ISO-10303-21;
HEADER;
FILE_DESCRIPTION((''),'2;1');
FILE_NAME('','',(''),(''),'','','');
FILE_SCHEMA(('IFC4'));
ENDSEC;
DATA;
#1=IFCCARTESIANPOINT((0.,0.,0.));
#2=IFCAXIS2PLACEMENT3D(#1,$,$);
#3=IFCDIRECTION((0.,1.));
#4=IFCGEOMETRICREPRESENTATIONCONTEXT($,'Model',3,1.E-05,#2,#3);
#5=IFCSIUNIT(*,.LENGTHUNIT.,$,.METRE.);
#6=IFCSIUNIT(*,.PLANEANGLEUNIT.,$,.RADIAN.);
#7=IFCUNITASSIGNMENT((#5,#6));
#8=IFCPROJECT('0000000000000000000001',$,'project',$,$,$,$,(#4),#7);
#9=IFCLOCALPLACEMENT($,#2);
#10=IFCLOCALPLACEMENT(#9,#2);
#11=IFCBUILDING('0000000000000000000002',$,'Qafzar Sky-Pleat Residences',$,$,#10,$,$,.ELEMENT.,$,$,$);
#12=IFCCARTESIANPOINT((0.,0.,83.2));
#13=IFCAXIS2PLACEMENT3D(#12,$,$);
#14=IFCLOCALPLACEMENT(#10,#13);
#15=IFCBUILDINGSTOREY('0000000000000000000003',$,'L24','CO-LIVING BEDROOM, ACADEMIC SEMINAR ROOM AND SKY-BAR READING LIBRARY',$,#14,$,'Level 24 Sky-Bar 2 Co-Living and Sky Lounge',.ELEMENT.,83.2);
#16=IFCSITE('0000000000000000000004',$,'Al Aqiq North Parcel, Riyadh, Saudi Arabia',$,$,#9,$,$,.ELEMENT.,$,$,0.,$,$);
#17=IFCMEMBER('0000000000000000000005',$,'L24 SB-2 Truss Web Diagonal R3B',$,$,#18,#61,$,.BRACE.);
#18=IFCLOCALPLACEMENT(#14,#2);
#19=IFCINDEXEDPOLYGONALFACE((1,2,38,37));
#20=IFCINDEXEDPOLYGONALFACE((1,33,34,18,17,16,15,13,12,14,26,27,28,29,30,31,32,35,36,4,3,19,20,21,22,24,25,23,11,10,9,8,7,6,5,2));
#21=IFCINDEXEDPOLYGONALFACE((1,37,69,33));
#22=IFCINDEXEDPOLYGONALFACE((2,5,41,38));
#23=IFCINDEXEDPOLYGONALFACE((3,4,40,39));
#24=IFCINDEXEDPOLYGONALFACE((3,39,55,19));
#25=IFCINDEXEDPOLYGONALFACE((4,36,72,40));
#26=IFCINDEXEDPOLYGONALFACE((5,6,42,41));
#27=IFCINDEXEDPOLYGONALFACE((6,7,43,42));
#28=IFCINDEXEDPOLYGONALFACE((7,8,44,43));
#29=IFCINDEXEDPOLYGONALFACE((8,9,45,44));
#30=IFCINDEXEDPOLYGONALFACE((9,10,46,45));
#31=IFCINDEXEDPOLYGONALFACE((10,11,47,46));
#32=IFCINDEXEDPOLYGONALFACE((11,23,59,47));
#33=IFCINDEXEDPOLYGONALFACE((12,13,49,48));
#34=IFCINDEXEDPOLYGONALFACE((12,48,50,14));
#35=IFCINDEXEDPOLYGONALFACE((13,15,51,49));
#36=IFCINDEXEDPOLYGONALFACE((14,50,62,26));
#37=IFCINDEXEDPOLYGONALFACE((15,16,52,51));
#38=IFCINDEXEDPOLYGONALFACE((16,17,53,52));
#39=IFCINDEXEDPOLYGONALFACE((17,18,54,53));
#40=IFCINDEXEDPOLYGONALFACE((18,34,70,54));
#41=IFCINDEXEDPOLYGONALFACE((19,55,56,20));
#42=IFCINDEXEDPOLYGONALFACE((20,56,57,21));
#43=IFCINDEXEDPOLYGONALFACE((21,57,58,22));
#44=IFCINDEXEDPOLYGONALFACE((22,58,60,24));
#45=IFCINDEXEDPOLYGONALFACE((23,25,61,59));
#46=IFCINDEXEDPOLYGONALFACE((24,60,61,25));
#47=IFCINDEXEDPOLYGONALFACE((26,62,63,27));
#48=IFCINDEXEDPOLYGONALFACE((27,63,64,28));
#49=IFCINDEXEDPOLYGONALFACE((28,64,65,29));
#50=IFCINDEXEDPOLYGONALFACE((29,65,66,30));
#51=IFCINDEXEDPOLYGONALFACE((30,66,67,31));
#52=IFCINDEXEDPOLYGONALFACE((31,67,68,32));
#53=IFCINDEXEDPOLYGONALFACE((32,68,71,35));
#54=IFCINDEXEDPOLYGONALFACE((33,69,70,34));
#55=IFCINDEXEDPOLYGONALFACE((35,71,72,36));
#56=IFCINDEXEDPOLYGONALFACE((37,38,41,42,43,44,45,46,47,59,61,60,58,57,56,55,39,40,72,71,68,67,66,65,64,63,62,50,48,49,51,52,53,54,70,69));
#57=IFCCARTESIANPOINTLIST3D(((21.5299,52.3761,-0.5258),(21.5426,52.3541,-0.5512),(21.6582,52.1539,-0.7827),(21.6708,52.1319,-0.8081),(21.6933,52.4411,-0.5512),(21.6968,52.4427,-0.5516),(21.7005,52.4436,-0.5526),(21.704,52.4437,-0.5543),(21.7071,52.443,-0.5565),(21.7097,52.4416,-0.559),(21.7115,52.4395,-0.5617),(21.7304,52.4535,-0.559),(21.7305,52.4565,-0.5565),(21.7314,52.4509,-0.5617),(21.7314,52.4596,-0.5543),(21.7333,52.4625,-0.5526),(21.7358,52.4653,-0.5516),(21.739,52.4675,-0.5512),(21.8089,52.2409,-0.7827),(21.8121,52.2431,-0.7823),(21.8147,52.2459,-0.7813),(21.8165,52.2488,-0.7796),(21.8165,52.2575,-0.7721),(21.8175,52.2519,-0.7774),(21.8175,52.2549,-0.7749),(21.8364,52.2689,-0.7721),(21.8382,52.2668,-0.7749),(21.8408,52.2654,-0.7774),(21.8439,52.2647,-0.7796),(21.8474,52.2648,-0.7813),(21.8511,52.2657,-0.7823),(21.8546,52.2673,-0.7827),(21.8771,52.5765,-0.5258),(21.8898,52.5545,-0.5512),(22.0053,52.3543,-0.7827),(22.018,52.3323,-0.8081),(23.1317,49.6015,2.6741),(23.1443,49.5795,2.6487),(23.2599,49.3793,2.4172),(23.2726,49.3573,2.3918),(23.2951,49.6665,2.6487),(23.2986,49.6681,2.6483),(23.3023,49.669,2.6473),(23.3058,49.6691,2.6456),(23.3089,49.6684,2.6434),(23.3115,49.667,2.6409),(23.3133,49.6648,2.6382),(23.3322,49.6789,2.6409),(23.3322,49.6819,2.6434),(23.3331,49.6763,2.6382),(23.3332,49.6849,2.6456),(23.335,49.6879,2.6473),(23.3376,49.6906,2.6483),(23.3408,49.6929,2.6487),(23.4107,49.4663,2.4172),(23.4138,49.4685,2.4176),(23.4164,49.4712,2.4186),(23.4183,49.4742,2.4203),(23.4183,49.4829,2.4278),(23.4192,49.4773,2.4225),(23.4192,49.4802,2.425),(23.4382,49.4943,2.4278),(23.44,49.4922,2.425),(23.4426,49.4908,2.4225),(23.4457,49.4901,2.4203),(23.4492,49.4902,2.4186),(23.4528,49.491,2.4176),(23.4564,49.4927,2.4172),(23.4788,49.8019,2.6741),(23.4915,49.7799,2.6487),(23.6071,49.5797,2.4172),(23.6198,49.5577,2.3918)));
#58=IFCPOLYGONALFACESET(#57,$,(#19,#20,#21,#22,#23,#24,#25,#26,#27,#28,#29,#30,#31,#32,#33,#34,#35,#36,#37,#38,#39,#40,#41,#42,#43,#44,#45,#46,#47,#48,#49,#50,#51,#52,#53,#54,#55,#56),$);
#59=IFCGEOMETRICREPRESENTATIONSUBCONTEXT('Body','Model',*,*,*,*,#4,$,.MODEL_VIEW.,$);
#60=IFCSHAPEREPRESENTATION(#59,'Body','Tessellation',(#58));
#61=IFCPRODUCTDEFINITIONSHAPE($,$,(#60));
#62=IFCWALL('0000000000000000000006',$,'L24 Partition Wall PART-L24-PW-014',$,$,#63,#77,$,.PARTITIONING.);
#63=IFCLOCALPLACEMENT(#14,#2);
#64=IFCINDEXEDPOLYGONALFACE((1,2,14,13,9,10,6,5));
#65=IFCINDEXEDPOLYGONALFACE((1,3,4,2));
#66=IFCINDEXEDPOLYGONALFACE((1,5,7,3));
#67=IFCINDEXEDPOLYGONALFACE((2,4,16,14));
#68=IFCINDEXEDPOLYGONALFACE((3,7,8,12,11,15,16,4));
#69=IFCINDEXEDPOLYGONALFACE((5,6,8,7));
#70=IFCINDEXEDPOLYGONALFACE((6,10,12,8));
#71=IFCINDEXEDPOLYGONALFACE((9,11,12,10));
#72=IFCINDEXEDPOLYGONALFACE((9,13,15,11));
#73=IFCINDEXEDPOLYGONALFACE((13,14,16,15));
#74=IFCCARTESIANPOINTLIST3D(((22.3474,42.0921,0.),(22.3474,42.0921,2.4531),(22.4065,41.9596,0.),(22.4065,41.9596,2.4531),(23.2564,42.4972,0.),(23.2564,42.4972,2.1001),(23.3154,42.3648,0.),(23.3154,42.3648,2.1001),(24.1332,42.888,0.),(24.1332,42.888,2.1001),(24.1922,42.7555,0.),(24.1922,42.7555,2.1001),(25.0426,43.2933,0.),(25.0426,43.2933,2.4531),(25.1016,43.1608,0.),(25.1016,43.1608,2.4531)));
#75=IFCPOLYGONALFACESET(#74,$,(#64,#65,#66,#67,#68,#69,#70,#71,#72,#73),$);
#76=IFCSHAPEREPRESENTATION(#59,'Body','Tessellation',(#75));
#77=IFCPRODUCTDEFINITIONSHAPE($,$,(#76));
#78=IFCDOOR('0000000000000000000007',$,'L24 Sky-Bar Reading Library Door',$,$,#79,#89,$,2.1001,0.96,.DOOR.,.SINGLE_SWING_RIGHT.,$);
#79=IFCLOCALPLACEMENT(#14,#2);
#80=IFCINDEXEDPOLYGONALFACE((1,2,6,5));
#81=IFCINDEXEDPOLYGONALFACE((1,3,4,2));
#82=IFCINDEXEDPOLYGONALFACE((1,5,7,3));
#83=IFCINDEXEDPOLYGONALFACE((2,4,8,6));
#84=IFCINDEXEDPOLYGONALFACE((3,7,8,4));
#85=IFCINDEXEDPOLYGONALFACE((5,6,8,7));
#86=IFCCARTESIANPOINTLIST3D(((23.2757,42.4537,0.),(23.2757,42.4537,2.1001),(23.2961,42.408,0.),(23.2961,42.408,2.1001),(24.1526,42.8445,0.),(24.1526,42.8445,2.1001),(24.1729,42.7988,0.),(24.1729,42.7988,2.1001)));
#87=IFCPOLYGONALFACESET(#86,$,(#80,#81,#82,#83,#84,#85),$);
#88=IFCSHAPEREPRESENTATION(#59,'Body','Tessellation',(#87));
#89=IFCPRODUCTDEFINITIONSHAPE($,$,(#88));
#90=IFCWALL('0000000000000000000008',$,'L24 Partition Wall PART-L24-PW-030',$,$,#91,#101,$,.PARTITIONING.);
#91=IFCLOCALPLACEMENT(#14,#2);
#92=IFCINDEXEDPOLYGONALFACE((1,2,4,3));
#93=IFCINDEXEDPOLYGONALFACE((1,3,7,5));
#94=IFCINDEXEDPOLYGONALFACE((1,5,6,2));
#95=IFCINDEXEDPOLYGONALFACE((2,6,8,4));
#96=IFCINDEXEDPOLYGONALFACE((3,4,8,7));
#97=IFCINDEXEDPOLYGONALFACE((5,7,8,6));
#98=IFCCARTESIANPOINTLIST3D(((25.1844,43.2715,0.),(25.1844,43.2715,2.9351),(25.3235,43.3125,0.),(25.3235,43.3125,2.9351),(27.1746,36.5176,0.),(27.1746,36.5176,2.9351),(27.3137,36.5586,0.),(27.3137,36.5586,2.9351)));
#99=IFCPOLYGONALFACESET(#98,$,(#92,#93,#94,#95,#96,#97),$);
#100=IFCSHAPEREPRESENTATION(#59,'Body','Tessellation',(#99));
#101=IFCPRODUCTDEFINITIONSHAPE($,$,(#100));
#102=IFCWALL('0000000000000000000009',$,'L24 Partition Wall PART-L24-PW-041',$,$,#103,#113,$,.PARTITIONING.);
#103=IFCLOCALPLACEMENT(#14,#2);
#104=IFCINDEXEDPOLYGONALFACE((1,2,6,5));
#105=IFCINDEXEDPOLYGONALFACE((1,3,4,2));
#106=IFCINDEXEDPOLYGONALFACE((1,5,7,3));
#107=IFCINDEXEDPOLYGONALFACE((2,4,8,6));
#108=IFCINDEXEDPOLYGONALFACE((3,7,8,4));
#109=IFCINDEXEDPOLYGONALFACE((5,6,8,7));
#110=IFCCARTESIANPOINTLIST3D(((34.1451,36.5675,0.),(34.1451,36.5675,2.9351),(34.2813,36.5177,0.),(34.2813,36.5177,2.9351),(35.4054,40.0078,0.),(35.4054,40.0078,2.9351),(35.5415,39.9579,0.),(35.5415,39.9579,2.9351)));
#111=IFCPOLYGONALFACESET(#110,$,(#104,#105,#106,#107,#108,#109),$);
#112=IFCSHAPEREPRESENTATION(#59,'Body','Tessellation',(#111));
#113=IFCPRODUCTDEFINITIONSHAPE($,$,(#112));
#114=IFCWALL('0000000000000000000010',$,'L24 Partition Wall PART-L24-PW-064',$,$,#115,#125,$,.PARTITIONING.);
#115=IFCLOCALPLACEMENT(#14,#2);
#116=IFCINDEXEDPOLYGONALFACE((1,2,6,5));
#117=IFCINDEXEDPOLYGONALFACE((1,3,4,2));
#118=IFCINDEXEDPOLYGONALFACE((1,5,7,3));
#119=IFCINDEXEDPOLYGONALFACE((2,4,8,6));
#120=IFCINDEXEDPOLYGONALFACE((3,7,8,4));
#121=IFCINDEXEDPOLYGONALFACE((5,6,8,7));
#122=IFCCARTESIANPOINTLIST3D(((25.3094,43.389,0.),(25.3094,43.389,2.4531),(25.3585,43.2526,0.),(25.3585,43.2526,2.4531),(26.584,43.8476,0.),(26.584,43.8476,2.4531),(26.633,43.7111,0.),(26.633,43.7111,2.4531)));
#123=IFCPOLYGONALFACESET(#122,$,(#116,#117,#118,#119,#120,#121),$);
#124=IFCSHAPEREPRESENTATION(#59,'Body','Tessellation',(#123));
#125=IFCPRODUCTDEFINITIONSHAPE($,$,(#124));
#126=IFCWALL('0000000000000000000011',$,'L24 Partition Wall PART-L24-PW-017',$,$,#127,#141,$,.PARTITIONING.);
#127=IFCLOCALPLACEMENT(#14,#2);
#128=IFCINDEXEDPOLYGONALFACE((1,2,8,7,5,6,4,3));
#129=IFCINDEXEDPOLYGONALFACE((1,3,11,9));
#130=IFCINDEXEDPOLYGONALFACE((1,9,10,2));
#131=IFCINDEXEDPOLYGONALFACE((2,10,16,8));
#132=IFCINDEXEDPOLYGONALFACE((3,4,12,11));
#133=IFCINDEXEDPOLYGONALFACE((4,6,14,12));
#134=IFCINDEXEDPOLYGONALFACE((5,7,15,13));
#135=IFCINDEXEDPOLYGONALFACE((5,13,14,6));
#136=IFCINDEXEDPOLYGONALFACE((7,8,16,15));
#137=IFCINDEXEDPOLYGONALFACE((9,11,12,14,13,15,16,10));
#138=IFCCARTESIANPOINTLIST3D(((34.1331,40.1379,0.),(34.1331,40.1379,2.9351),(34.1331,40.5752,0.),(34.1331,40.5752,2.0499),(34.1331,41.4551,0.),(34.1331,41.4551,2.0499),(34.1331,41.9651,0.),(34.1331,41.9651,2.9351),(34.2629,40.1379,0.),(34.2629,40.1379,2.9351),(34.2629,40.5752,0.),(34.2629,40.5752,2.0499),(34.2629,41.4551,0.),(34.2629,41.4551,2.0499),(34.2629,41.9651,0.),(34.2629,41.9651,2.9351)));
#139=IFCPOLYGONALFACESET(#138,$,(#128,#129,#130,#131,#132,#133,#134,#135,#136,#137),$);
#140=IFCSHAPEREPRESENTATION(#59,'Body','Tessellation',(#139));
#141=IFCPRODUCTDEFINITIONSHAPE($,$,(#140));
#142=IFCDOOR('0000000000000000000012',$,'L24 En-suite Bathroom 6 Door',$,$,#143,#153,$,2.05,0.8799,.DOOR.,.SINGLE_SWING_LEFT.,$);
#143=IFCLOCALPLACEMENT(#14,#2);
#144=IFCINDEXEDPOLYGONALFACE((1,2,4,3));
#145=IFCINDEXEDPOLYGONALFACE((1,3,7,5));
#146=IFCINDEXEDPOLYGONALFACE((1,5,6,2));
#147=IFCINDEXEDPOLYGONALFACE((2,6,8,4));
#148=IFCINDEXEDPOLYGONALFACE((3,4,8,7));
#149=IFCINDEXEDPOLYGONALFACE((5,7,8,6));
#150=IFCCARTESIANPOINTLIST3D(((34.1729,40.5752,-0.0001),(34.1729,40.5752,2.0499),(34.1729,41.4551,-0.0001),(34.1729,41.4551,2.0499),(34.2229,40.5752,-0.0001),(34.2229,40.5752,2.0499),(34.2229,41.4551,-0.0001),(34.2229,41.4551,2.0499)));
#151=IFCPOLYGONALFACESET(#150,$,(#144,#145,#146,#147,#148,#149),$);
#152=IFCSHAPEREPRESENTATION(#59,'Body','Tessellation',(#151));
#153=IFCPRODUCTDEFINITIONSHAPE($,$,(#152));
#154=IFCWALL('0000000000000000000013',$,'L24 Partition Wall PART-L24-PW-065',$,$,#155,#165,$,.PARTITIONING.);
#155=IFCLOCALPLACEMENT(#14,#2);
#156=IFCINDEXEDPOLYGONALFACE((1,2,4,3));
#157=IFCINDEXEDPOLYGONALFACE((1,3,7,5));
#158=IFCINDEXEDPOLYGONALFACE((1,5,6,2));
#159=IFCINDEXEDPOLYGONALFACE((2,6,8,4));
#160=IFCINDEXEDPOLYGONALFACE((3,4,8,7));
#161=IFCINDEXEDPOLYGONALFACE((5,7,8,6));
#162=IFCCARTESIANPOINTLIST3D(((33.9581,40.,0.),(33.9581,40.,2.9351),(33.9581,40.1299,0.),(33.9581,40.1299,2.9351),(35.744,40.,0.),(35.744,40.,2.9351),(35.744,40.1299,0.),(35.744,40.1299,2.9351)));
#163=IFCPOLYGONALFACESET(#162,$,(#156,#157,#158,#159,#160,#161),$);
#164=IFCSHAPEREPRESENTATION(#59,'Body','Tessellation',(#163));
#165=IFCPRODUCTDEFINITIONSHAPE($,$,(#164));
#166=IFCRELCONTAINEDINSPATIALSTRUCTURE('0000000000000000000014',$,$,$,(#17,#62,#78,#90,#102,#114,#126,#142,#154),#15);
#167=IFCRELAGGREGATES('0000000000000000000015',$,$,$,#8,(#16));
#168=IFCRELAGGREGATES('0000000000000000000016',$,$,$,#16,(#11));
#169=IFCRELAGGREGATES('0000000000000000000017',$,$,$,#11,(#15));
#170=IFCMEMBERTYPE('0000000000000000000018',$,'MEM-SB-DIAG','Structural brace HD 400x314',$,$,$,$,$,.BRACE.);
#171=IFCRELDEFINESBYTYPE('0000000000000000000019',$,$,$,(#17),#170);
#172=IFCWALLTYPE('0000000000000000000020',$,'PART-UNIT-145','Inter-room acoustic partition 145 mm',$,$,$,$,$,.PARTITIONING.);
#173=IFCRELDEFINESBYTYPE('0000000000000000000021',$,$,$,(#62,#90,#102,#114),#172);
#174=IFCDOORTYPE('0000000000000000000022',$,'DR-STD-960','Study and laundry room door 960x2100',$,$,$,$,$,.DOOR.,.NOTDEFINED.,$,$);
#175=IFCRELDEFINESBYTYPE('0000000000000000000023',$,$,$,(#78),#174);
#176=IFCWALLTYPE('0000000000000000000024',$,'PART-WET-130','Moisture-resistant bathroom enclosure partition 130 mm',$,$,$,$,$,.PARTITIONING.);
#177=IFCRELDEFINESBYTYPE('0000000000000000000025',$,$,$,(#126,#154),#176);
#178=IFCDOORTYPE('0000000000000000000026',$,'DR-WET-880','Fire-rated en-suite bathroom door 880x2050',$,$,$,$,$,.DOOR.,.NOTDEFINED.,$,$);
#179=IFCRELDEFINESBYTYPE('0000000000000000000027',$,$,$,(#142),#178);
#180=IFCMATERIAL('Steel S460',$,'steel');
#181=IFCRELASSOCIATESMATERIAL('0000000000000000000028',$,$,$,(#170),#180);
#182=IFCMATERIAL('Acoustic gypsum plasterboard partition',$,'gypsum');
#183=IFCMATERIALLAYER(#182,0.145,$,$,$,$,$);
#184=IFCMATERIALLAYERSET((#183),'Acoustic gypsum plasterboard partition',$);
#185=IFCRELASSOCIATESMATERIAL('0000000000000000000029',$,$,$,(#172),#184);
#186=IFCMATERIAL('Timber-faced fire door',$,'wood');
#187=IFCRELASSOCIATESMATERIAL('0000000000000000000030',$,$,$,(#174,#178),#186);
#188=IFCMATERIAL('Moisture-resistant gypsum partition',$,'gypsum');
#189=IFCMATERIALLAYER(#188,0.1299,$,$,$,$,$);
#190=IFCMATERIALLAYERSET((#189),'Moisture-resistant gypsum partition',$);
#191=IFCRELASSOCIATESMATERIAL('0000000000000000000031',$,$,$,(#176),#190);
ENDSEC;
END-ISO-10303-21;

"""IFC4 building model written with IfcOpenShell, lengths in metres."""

from ifc_helpers import new_model, si_unit, direction, frame, frame_2d, origin, origin_2d, place, context, subcontext, project, spatial, rectangle, i_section, extrude, source, transform, mapped, material, layer, layer_set, material_profile, profile_set, type_object, element, fill, save


model = new_model("IFC4")

# Units and contexts
model_context = context("Model", 3, precision=1e-05, world=origin(), true_north=direction((0.0, 1.0)))
body_context = subcontext(model_context, "Body", "Model", "MODEL_VIEW")
ifc_project = project(units=[si_unit("LENGTHUNIT", "METRE"), si_unit("PLANEANGLEUNIT", "RADIAN")], contexts=[model_context])

# Site, building, storey
site_placement = place(None, origin())
site = spatial("IfcSite", under=ifc_project, at=site_placement, Name="Al Aqiq North Parcel, Riyadh, Saudi Arabia", CompositionType="ELEMENT", RefElevation=0.0)
building_placement = place(site_placement, origin())
building = spatial("IfcBuilding", under=site, at=building_placement, Name="Qafzar Sky-Pleat Residences", CompositionType="ELEMENT")
storey_placement = place(building_placement, frame((0.0, 0.0, 83.2)))
storey = spatial("IfcBuildingStorey", under=building, at=storey_placement, Name="L24", Description="CO-LIVING BEDROOM, ACADEMIC SEMINAR ROOM AND SKY-BAR READING LIBRARY", LongName="Level 24 Sky-Bar 2 Co-Living and Sky Lounge", CompositionType="ELEMENT", Elevation=83.2)

# Shared definitions
ifc_material_1 = material(Name="Steel S460", Category="steel")

# Member
ifc_material_profile_1 = material_profile(ifc_material_1, i_section(OverallWidth=0.4009, OverallDepth=0.3989, WebThickness=0.0229, FlangeThickness=0.0359, FilletRadius=0.0149, at=origin_2d()), Name="HD 400x314")
ifc_profile_set_1 = profile_set([ifc_material_profile_1], Name="Steel S460")
member_type = type_object("IfcMemberType", Name="MEM-SB-DIAG", Description="Structural brace HD 400x314", PredefinedType="BRACE", material=ifc_profile_set_1)
shared_shape_1 = source(origin(), body_context, "Body", "SweptSolid", [
    extrude(i_section(OverallWidth=0.4009, OverallDepth=0.3989, WebThickness=0.0229, FlangeThickness=0.0359, FilletRadius=0.0149, at=origin_2d()), origin(), (0.0, 0.0, 1.0), 4.5281),
])
for number, where, z_axis, x_axis, name in (
    (1, (23.3757, 49.5796, 2.533), (-0.353744, 0.612757, -0.706679), (-0.866045, -0.499967, 0.0), "L24 SB-2 Truss Web Diagonal R3B"),
):
    element("IfcMember", number, at=place(storey_placement, frame(where, z_axis=z_axis, x_axis=x_axis)), inside=storey, type_object=member_type, Name=name, PredefinedType="BRACE", context=body_context, shape_type="MappedRepresentation", body=[
        mapped(shared_shape_1, transform((0.0, 0.0, 0.0), x_axis=(1.0, 0.0, 0.0), y_axis=(0.0, 1.0, 0.0), z_axis=(0.0, 0.0, 1.0), scale=1.0)),
    ])

# Wall, opening, door
ifc_material_2 = material(Name="Acoustic gypsum plasterboard partition", Category="gypsum")
ifc_layer_1 = layer(ifc_material_2, 0.145)
ifc_layer_set_1 = layer_set([ifc_layer_1], Name="Acoustic gypsum plasterboard partition")
wall_type_1 = type_object("IfcWallType", Name="PART-UNIT-145", Description="Inter-room acoustic partition 145 mm", PredefinedType="PARTITIONING", material=ifc_layer_set_1)
wall_1_placement = place(storey_placement, frame((22.377, 42.0259, 0.0), z_axis=(0.0, 0.0, 1.0), x_axis=(0.913388, 0.40709, 0.0)))
wall_1 = element("IfcWall", 2, at=wall_1_placement, inside=storey, type_object=wall_type_1, Name="L24 Partition Wall PART-L24-PW-014", PredefinedType="PARTITIONING", context=body_context, shape_type="SweptSolid", body=[
    extrude(rectangle(XDim=2.9507, YDim=0.145, at=frame_2d((1.4753, 0.0))), origin(), (0.0, 0.0, 1.0), 2.4531),
])
opening_1_placement = place(wall_1_placement, frame((0.9951, 0.0, 0.0)))
opening_1 = element("IfcOpeningElement", 3, at=opening_1_placement, cuts=wall_1, PredefinedType="OPENING", context=body_context, shape_type="SweptSolid", body=[
    extrude(rectangle(XDim=0.96, YDim=2.1001, at=frame_2d((0.48, 1.05))), frame((0.0, 0.0825, 0.0), z_axis=(0.0, -1.0, 0.0), x_axis=(1.0, 0.0, 0.0)), (0.0, 0.0, 1.0), 0.165),
])
ifc_material_3 = material(Name="Timber-faced fire door", Category="wood")
door_type_1 = type_object("IfcDoorType", Name="DR-STD-960", Description="Study and laundry room door 960x2100", OperationType="NOTDEFINED", PredefinedType="DOOR", material=ifc_material_3)
shared_shape_2 = source(origin(), body_context, "Body", "SweptSolid", [
    extrude(rectangle(XDim=0.96, YDim=2.1001, at=frame_2d((0.48, 1.05))), frame((0.0, 0.0249, 0.0), z_axis=(0.0, -1.0, 0.0), x_axis=(1.0, 0.0, 0.0)), (0.0, 0.0, 1.0), 0.05),
])
door_1_placement = place(opening_1_placement, origin())
door_1 = element("IfcDoor", 4, at=door_1_placement, inside=storey, type_object=door_type_1, Name="L24 Sky-Bar Reading Library Door", OperationType="SINGLE_SWING_RIGHT", OverallHeight=2.1001, OverallWidth=0.96, PredefinedType="DOOR", context=body_context, shape_type="MappedRepresentation", body=[
    mapped(shared_shape_2, transform((0.0, 0.0, 0.0), x_axis=(1.0, 0.0, 0.0), y_axis=(0.0, 1.0, 0.0), z_axis=(0.0, 0.0, 1.0), scale=1.0)),
])
fill(opening_1, door_1)

# Walls
wall_2_placement = place(storey_placement, frame((25.2539, 43.292, 0.0), z_axis=(0.0, 0.0, 1.0), x_axis=(0.282662, -0.95922, 0.0)))
element("IfcWall", 5, at=wall_2_placement, inside=storey, type_object=wall_type_1, Name="L24 Partition Wall PART-L24-PW-030", PredefinedType="PARTITIONING", context=body_context, shape_type="SweptSolid", body=[
    extrude(rectangle(XDim=7.041, YDim=0.145, at=frame_2d((3.5205, 0.0))), origin(), (0.0, 0.0, 1.0), 2.9351),
])
wall_3_placement = place(storey_placement, frame((34.2131, 36.5425, 0.0), z_axis=(0.0, 0.0, 1.0), x_axis=(0.343979, 0.938978, 0.0)))
element("IfcWall", 6, at=wall_3_placement, inside=storey, type_object=wall_type_1, Name="L24 Partition Wall PART-L24-PW-041", PredefinedType="PARTITIONING", context=body_context, shape_type="SweptSolid", body=[
    extrude(rectangle(XDim=3.6638, YDim=0.145, at=frame_2d((1.832, 0.0))), origin(), (0.0, 0.0, 1.0), 2.9351),
])
wall_4_placement = place(storey_placement, frame((25.334, 43.3208, 0.0), z_axis=(0.0, 0.0, 1.0), x_axis=(0.940956, 0.338528, 0.0)))
element("IfcWall", 7, at=wall_4_placement, inside=storey, type_object=wall_type_1, Name="L24 Partition Wall PART-L24-PW-064", PredefinedType="PARTITIONING", context=body_context, shape_type="SweptSolid", body=[
    extrude(rectangle(XDim=1.3545, YDim=0.145, at=frame_2d((0.6772, 0.0))), origin(), (0.0, 0.0, 1.0), 2.4531),
])

# Wall, opening, door
ifc_material_4 = material(Name="Moisture-resistant gypsum partition", Category="gypsum")
ifc_layer_2 = layer(ifc_material_4, 0.1299)
ifc_layer_set_2 = layer_set([ifc_layer_2], Name="Moisture-resistant gypsum partition")
wall_type_2 = type_object("IfcWallType", Name="PART-WET-130", Description="Moisture-resistant bathroom enclosure partition 130 mm", PredefinedType="PARTITIONING", material=ifc_layer_set_2)
wall_5_placement = place(storey_placement, frame((34.198, 41.9651, 0.0), z_axis=(0.0, 0.0, 1.0), x_axis=(0.0, -1.0, 0.0)))
wall_5 = element("IfcWall", 8, at=wall_5_placement, inside=storey, type_object=wall_type_2, Name="L24 Partition Wall PART-L24-PW-017", PredefinedType="PARTITIONING", context=body_context, shape_type="SweptSolid", body=[
    extrude(rectangle(XDim=1.8271, YDim=0.1299, at=frame_2d((0.9136, 0.0))), origin(), (0.0, 0.0, 1.0), 2.9351),
])
opening_2_placement = place(wall_5_placement, frame((0.51, 0.0, 0.0)))
opening_2 = element("IfcOpeningElement", 9, at=opening_2_placement, cuts=wall_5, PredefinedType="OPENING", context=body_context, shape_type="SweptSolid", body=[
    extrude(rectangle(XDim=0.8799, YDim=2.05, at=frame_2d((0.4399, 1.0249))), frame((0.0, 0.075, 0.0), z_axis=(0.0, -1.0, 0.0), x_axis=(1.0, 0.0, 0.0)), (0.0, 0.0, 1.0), 0.1499),
])
door_type_2 = type_object("IfcDoorType", Name="DR-WET-880", Description="Fire-rated en-suite bathroom door 880x2050", OperationType="NOTDEFINED", PredefinedType="DOOR", material=ifc_material_3)
shared_shape_3 = source(origin(), body_context, "Body", "SweptSolid", [
    extrude(rectangle(XDim=0.8799, YDim=2.05, at=frame_2d((0.4399, 1.0249))), frame((0.0, 0.0249, 0.0), z_axis=(0.0, -1.0, 0.0), x_axis=(1.0, 0.0, 0.0)), (0.0, 0.0, 1.0), 0.05),
])
door_2_placement = place(opening_2_placement, origin())
door_2 = element("IfcDoor", 10, at=door_2_placement, inside=storey, type_object=door_type_2, Name="L24 En-suite Bathroom 6 Door", OperationType="SINGLE_SWING_LEFT", OverallHeight=2.05, OverallWidth=0.8799, PredefinedType="DOOR", context=body_context, shape_type="MappedRepresentation", body=[
    mapped(shared_shape_3, transform((0.0, 0.0, 0.0), x_axis=(1.0, 0.0, 0.0), y_axis=(0.0, 1.0, 0.0), z_axis=(0.0, 0.0, 1.0), scale=1.0)),
])
fill(opening_2, door_2)

# Wall
wall_6_placement = place(storey_placement, frame((33.958, 40.0649, 0.0), z_axis=(0.0, 0.0, 1.0), x_axis=(1.0, 0.0, 0.0)))
element("IfcWall", 11, at=wall_6_placement, inside=storey, type_object=wall_type_2, Name="L24 Partition Wall PART-L24-PW-065", PredefinedType="PARTITIONING", context=body_context, shape_type="SweptSolid", body=[
    extrude(rectangle(XDim=1.7859, YDim=0.1299, at=frame_2d((0.8931, 0.0))), origin(), (0.0, 0.0, 1.0), 2.9351),
])

save(model, "model.ifc")
